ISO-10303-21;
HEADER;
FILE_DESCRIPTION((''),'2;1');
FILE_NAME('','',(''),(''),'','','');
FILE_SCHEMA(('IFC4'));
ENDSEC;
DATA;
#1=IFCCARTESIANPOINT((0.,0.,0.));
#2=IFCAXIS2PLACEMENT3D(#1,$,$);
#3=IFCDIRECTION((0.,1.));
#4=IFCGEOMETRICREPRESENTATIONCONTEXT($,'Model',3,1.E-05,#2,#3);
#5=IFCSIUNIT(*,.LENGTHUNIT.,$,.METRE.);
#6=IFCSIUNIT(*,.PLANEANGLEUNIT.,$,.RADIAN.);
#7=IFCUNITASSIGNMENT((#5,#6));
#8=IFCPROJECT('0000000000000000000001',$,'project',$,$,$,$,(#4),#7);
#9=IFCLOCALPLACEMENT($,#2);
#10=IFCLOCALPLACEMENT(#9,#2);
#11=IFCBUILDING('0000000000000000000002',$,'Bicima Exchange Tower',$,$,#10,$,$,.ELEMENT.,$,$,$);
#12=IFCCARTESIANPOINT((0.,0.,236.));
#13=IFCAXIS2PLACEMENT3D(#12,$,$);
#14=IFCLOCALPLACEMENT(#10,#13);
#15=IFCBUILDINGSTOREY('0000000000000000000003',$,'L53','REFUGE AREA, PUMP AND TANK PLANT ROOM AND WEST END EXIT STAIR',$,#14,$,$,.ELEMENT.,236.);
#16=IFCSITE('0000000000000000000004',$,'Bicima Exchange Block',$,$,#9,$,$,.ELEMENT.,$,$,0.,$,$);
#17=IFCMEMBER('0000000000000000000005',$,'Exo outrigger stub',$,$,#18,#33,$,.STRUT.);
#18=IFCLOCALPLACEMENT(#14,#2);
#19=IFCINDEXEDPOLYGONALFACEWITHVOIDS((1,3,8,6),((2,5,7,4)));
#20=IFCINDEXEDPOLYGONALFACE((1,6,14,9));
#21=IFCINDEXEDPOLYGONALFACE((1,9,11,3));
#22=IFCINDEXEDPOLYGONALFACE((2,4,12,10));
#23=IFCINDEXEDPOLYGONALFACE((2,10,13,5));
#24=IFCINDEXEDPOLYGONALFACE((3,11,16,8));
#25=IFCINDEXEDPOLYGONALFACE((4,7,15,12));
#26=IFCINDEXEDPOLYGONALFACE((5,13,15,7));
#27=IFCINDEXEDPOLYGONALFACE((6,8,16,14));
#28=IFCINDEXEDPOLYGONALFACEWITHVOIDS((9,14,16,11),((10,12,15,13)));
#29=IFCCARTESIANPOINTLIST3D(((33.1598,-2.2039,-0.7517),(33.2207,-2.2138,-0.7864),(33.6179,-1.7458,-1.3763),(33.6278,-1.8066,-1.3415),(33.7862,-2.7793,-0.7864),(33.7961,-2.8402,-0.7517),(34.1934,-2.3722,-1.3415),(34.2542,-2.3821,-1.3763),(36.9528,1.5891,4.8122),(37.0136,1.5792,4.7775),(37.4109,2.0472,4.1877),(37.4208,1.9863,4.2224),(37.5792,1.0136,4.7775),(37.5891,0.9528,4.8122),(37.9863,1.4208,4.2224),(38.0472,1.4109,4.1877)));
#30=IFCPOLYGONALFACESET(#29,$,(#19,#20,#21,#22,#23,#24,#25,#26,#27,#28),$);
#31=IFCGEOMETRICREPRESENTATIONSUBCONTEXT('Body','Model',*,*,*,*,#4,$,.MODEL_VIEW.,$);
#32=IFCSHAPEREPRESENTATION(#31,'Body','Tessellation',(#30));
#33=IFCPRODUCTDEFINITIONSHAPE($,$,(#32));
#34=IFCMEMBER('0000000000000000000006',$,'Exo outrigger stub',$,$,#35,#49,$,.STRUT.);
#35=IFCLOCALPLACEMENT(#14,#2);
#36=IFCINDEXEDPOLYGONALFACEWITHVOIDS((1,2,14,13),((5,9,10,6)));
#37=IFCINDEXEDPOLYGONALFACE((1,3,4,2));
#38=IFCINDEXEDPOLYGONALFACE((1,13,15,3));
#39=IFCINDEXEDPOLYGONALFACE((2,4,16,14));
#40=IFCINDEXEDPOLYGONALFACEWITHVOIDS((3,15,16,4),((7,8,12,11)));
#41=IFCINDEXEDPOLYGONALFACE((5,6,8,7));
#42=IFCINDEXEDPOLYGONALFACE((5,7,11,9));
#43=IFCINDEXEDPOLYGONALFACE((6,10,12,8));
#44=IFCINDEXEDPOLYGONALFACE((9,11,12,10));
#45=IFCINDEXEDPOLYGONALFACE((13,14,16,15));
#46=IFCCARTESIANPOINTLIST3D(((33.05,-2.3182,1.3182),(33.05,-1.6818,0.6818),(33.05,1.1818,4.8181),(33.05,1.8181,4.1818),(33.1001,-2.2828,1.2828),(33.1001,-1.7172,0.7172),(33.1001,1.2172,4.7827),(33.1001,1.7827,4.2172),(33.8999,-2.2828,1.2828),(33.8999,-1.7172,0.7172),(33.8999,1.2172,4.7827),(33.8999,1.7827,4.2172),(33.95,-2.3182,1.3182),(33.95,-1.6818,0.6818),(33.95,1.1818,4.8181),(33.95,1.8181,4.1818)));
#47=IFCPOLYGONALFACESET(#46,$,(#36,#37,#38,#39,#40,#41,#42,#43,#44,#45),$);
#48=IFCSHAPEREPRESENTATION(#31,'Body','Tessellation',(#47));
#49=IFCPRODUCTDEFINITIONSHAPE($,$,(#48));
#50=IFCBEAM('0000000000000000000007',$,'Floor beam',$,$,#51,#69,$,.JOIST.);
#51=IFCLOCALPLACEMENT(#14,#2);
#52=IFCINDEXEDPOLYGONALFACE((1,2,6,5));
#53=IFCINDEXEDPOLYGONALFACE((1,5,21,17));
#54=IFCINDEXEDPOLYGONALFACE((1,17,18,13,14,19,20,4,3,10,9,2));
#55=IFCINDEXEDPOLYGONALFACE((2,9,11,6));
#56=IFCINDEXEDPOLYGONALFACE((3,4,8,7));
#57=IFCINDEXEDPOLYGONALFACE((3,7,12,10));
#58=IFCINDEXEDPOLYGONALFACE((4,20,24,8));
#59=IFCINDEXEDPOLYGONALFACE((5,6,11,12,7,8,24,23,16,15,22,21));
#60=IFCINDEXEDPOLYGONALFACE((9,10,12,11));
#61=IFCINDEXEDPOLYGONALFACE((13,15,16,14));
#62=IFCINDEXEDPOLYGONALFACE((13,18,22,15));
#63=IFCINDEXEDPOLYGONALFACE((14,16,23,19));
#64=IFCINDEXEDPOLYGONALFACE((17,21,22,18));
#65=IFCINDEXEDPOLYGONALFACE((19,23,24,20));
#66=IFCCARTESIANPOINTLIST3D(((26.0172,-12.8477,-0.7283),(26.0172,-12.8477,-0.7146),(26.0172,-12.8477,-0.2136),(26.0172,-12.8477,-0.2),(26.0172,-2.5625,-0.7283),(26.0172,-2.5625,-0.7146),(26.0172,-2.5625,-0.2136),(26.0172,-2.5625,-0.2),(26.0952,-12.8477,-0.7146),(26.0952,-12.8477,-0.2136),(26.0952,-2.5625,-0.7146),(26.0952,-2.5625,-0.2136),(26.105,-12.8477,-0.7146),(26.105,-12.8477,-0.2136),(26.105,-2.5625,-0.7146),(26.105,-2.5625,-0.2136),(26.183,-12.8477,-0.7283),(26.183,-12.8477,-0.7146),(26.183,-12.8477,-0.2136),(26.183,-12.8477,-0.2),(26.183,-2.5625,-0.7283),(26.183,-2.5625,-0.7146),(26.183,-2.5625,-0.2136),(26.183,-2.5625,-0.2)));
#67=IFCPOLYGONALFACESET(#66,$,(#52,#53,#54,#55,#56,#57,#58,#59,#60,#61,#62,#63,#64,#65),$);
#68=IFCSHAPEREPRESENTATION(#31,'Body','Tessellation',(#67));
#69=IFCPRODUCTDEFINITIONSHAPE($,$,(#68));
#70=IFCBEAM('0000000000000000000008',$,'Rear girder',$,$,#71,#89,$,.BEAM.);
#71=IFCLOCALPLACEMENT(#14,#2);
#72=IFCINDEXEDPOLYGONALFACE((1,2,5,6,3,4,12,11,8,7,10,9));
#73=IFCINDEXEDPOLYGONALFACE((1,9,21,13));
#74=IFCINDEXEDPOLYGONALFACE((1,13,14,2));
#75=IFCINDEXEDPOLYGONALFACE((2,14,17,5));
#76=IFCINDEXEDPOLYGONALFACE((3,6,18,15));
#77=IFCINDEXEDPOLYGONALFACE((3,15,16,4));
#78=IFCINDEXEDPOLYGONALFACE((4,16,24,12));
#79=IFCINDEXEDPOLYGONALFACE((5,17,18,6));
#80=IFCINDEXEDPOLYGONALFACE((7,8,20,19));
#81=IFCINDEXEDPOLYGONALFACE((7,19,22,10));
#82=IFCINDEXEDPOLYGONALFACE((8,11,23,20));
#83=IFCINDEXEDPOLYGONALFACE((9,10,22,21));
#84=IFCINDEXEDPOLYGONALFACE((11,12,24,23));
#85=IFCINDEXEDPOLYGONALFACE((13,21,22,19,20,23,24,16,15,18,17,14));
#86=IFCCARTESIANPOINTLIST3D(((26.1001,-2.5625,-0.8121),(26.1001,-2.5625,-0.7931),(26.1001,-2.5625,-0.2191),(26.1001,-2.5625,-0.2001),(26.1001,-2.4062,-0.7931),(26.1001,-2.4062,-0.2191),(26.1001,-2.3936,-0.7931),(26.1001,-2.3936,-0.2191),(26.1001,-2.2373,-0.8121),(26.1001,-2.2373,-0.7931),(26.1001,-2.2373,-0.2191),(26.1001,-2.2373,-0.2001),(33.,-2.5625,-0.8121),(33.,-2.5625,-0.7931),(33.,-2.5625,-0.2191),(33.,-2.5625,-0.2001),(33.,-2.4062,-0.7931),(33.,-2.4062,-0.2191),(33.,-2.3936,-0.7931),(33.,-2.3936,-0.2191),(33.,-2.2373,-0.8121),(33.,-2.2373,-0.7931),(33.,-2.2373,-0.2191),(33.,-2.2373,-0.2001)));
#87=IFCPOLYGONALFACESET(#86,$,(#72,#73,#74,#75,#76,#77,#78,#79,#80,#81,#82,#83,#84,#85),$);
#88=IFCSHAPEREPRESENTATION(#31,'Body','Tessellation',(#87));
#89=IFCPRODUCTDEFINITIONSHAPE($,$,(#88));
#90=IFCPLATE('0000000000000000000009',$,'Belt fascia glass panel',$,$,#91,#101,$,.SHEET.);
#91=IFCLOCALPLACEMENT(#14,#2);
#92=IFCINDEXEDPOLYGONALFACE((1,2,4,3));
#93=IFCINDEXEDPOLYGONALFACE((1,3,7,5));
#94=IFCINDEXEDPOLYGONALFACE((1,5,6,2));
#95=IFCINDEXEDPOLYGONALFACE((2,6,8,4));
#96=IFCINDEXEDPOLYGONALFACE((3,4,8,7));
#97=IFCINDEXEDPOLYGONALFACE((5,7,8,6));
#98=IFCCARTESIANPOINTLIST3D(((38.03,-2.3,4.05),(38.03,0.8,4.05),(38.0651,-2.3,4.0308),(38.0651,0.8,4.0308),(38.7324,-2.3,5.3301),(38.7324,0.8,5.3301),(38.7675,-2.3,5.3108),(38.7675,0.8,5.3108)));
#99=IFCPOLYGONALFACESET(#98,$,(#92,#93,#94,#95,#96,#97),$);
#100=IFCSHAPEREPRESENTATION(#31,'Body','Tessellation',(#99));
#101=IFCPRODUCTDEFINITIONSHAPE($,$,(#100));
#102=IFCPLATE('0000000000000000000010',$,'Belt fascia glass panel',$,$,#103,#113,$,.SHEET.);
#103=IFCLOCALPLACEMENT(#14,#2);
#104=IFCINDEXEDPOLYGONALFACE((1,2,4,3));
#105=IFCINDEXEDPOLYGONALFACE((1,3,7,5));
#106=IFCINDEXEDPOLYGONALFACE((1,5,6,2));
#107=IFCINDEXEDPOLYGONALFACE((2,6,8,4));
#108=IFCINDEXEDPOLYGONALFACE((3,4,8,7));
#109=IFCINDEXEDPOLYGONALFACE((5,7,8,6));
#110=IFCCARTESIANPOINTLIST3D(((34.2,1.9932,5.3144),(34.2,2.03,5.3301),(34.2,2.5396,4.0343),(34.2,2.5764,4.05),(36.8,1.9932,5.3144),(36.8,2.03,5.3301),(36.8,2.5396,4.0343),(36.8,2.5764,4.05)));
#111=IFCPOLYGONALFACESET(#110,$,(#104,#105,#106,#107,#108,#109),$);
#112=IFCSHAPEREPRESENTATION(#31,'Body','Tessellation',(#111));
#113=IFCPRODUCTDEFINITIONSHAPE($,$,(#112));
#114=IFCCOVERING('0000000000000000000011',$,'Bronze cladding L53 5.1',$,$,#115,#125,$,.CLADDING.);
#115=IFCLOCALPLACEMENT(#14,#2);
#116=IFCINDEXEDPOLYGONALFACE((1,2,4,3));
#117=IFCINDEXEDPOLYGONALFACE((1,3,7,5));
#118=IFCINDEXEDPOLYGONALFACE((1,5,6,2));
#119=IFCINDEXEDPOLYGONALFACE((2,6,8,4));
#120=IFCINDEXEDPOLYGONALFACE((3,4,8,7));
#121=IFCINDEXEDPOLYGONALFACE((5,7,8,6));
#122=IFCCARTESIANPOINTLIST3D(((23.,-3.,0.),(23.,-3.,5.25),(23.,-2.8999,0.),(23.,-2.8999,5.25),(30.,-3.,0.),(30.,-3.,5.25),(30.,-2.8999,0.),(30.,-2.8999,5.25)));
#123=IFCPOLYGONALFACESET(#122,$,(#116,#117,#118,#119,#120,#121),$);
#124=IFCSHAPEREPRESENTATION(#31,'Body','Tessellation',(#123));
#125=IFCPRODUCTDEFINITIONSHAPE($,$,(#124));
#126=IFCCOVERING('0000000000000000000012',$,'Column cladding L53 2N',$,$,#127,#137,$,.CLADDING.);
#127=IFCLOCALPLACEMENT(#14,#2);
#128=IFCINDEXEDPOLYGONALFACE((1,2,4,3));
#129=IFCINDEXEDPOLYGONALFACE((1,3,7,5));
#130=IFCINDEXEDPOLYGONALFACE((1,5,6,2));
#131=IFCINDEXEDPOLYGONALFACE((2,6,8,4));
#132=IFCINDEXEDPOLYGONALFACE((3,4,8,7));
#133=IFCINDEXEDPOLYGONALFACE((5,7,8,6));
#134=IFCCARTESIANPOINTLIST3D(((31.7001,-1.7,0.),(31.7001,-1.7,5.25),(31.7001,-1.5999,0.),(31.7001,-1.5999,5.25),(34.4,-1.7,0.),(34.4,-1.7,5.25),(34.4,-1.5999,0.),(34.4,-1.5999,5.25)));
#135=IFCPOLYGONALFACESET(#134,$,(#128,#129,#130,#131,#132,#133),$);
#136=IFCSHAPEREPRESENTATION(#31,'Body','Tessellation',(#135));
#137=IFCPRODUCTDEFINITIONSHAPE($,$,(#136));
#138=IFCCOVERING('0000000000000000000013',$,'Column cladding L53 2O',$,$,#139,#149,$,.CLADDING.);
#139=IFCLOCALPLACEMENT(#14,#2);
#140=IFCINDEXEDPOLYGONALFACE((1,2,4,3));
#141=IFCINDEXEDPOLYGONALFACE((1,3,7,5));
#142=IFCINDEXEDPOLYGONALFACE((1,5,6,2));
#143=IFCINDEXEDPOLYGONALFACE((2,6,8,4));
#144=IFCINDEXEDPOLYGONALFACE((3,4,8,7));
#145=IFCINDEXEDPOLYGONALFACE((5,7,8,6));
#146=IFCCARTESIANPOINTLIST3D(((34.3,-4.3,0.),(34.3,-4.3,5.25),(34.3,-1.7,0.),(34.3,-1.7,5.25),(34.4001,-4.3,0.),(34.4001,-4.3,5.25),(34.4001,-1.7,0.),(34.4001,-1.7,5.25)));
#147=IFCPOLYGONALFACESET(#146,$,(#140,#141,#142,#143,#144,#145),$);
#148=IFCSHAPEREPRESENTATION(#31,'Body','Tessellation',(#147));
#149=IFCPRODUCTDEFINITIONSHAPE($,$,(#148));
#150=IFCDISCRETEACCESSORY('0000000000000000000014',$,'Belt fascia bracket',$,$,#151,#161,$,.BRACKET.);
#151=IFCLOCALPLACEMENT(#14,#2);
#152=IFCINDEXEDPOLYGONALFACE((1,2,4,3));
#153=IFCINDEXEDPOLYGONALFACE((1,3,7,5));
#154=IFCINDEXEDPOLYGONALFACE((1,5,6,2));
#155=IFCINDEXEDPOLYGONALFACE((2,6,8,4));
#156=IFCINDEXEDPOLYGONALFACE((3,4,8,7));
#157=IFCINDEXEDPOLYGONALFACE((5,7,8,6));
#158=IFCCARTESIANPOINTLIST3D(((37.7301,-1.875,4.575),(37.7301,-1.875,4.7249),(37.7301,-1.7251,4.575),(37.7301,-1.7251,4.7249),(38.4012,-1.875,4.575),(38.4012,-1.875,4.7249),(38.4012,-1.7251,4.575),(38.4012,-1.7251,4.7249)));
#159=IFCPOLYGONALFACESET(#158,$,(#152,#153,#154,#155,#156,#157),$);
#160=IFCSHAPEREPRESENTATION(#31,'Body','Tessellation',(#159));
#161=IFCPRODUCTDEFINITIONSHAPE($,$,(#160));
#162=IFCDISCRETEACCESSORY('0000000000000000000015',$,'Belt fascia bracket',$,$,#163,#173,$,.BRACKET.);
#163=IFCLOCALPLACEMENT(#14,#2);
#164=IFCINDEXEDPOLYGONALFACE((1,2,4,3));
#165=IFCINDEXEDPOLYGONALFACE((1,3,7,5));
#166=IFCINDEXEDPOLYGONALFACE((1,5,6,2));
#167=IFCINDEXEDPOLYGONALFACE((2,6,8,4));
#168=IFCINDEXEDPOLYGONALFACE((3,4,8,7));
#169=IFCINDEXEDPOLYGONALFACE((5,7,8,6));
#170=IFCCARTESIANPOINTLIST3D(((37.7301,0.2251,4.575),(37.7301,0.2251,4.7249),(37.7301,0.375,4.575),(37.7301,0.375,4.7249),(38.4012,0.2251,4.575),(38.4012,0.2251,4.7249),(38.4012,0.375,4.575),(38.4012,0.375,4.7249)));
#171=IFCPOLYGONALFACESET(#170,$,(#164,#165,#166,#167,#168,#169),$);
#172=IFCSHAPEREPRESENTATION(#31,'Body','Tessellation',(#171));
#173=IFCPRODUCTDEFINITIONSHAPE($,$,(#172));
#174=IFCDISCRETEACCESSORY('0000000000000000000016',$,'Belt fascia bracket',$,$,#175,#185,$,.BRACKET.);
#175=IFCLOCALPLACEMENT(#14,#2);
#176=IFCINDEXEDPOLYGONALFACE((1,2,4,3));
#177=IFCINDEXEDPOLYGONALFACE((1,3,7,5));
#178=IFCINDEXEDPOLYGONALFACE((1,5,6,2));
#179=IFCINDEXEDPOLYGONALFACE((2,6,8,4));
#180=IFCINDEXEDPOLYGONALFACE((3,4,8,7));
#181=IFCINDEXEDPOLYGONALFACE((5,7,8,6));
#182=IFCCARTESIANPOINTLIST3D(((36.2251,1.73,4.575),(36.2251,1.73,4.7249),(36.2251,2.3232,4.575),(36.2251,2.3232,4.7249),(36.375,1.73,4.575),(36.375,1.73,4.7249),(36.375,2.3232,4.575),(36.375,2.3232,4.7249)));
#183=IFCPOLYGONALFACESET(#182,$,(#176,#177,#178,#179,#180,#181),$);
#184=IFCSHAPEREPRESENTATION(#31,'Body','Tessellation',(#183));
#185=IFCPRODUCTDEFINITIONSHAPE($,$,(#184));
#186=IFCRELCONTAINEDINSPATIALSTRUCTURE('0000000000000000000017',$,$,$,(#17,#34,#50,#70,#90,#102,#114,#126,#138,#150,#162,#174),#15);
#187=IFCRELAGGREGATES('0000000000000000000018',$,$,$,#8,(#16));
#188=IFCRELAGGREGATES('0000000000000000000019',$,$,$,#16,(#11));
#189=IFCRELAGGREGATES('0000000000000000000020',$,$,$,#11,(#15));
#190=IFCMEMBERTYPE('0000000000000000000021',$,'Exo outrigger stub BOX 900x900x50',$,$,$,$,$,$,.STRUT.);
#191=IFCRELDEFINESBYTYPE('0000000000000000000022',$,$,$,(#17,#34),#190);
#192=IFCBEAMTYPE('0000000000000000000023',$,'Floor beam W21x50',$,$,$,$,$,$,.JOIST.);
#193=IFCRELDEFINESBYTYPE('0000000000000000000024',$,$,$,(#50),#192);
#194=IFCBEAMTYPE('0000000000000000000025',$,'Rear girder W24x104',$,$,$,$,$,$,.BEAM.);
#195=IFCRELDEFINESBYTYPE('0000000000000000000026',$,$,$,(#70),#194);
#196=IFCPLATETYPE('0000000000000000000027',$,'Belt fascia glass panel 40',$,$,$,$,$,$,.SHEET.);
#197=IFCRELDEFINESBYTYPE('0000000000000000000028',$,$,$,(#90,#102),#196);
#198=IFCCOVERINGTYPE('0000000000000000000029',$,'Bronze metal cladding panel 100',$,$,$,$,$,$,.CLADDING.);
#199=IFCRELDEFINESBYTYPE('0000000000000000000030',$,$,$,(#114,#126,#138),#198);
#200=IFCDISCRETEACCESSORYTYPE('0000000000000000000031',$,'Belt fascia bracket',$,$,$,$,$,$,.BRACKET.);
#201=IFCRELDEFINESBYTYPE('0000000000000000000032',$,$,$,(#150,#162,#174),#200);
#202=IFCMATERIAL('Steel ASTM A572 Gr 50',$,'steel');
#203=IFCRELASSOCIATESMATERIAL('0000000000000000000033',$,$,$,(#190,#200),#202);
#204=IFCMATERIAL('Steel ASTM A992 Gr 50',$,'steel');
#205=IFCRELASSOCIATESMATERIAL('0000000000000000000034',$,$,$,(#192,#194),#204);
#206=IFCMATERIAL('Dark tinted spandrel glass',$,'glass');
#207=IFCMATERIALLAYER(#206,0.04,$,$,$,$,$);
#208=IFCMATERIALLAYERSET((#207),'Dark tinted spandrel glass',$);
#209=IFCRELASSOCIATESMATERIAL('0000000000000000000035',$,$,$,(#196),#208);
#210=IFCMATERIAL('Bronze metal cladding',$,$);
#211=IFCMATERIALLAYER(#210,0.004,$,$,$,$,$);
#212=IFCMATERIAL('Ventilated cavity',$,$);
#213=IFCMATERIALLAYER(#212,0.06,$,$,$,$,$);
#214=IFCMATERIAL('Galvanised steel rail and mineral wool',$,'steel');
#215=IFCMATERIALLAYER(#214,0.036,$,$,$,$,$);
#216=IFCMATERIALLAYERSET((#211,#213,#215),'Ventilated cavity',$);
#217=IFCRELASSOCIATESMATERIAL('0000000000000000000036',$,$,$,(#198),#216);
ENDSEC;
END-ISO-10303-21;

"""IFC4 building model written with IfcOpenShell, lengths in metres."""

from ifc_helpers import new_model, si_unit, direction, frame, origin, origin_2d, place, context, subcontext, project, spatial, polyline, rectangle, hollow_rectangle, i_section, outline, extrude, material, layer, layer_set, material_profile, profile_set, type_object, element, save


model = new_model("IFC4")

# Units and contexts
model_context = context("Model", 3, precision=1e-05, world=origin(), true_north=direction((0.0, 1.0)))
body_context = subcontext(model_context, "Body", "Model", "MODEL_VIEW")
ifc_project = project(units=[si_unit("LENGTHUNIT", "METRE"), si_unit("PLANEANGLEUNIT", "RADIAN")], contexts=[model_context])

# Site, building, storey
site_placement = place(None, origin())
site = spatial("IfcSite", under=ifc_project, at=site_placement, Name="Bicima Exchange Block", CompositionType="ELEMENT", RefElevation=0.0)
building_placement = place(site_placement, origin())
building = spatial("IfcBuilding", under=site, at=building_placement, Name="Bicima Exchange Tower", CompositionType="ELEMENT")
storey_placement = place(building_placement, frame((0.0, 0.0, 236.0)))
storey = spatial("IfcBuildingStorey", under=building, at=storey_placement, Name="L53", Description="REFUGE AREA, PUMP AND TANK PLANT ROOM AND WEST END EXIT STAIR", CompositionType="ELEMENT", Elevation=236.0)

# Shared definitions
ifc_material_1 = material(Name="Steel ASTM A572 Gr 50", Category="steel")
ifc_material_2 = material(Name="Steel ASTM A992 Gr 50", Category="steel")

# Members
ifc_material_profile_1 = material_profile(ifc_material_1, hollow_rectangle(XDim=0.8999, YDim=0.8999, WallThickness=0.05, at=origin_2d()))
ifc_profile_set_1 = profile_set([ifc_material_profile_1], Name="Steel ASTM A572 Gr 50")
member_type_1 = type_object("IfcMemberType", Name="Exo outrigger stub BOX 900x900x50", PredefinedType="STRUT", material=ifc_profile_set_1)
member_1_placement = place(storey_placement, frame((33.707, -2.293, -1.064), z_axis=(0.490772, 0.490772, 0.719921), x_axis=(-0.707107, 0.707107, 0.0)))
element("IfcMember", 1, at=member_1_placement, inside=storey, type_object=member_type_1, Name="Exo outrigger stub", PredefinedType="STRUT", context=body_context, shape_type="SweptSolid", body=[
    extrude(hollow_rectangle(XDim=0.8999, YDim=0.8999, WallThickness=0.05, at=origin_2d()), origin(), (0.0, 0.0, 1.0), 7.7285),
])
member_2_placement = place(storey_placement, frame((33.5, -2.0, 1.0), z_axis=(0.0, 0.707107, 0.707107), x_axis=(-1.0, 0.0, 0.0)))
element("IfcMember", 2, at=member_2_placement, inside=storey, type_object=member_type_1, Name="Exo outrigger stub", PredefinedType="STRUT", context=body_context, shape_type="SweptSolid", body=[
    extrude(hollow_rectangle(XDim=0.8999, YDim=0.8999, WallThickness=0.05, at=origin_2d()), origin(), (0.0, 0.0, 1.0), 4.9497),
])

# Beams
ifc_material_profile_2 = material_profile(ifc_material_2, i_section(OverallWidth=0.1658, OverallDepth=0.5283, WebThickness=0.0098, FlangeThickness=0.0137, at=origin_2d()))
ifc_profile_set_2 = profile_set([ifc_material_profile_2], Name="Steel ASTM A992 Gr 50")
beam_type_1 = type_object("IfcBeamType", Name="Floor beam W21x50", PredefinedType="JOIST", material=ifc_profile_set_2)
beam_1_placement = place(storey_placement, frame((26.1001, -2.5625, -0.4641), z_axis=(0.0, -1.0, 0.0), x_axis=(1.0, 0.0, 0.0)))
element("IfcBeam", 3, at=beam_1_placement, inside=storey, type_object=beam_type_1, Name="Floor beam", PredefinedType="JOIST", context=body_context, shape_type="SweptSolid", body=[
    extrude(i_section(OverallWidth=0.1658, OverallDepth=0.5283, WebThickness=0.0098, FlangeThickness=0.0137, at=origin_2d()), origin(), (0.0, 0.0, 1.0), 10.2852),
])
ifc_material_profile_3 = material_profile(ifc_material_2, i_section(OverallWidth=0.3252, OverallDepth=0.6121, WebThickness=0.0127, FlangeThickness=0.019, at=origin_2d()))
ifc_profile_set_3 = profile_set([ifc_material_profile_3], Name="Steel ASTM A992 Gr 50")
beam_type_2 = type_object("IfcBeamType", Name="Rear girder W24x104", PredefinedType="BEAM", material=ifc_profile_set_3)
beam_2_placement = place(storey_placement, frame((26.1001, -2.3999, -0.5061), z_axis=(1.0, 0.0, 0.0), x_axis=(0.0, 1.0, 0.0)))
element("IfcBeam", 4, at=beam_2_placement, inside=storey, type_object=beam_type_2, Name="Rear girder", PredefinedType="BEAM", context=body_context, shape_type="SweptSolid", body=[
    extrude(i_section(OverallWidth=0.3252, OverallDepth=0.6121, WebThickness=0.0127, FlangeThickness=0.019, at=origin_2d()), origin(), (0.0, 0.0, 1.0), 6.8999),
])

# Plates
ifc_material_3 = material(Name="Dark tinted spandrel glass", Category="glass")
ifc_layer_1 = layer(ifc_material_3, 0.04)
ifc_layer_set_1 = layer_set([ifc_layer_1], Name="Dark tinted spandrel glass")
plate_type = type_object("IfcPlateType", Name="Belt fascia glass panel 40", PredefinedType="SHEET", material=ifc_layer_set_1)
plate_1_placement = place(storey_placement, frame((38.03, -2.3, 4.05), z_axis=(-0.876685, 0.0, 0.481065), x_axis=(0.0, 1.0, 0.0)))
element("IfcPlate", 5, at=plate_1_placement, inside=storey, type_object=plate_type, Name="Belt fascia glass panel", PredefinedType="SHEET", context=body_context, shape_type="SweptSolid", body=[
    extrude(outline(polyline([(0.0, 0.0), (3.1001, 0.0), (3.1001, -1.4601), (0.0, -1.4601), (0.0, 0.0)])), origin(), (0.0, 0.0, -1.0), 0.04),
])
plate_2_placement = place(storey_placement, frame((36.8, 2.5764, 4.05), z_axis=(0.0, 0.919716, 0.392585), x_axis=(-1.0, 0.0, 0.0)))
element("IfcPlate", 6, at=plate_2_placement, inside=storey, type_object=plate_type, Name="Belt fascia glass panel", PredefinedType="SHEET", context=body_context, shape_type="SweptSolid", body=[
    extrude(outline(polyline([(0.0, 0.0), (2.6001, 0.0), (2.6001, 1.3918), (0.0, 1.3918), (0.0, 0.0)])), origin(), (0.0, 0.0, -1.0), 0.04),
])

# Coverings
ifc_material_4 = material(Name="Bronze metal cladding")
ifc_layer_2 = layer(ifc_material_4, 0.004)
ifc_material_5 = material(Name="Ventilated cavity")
ifc_layer_3 = layer(ifc_material_5, 0.06)
ifc_material_6 = material(Name="Galvanised steel rail and mineral wool", Category="steel")
ifc_layer_4 = layer(ifc_material_6, 0.036)
ifc_layer_set_2 = layer_set([ifc_layer_2, ifc_layer_3, ifc_layer_4], Name="Ventilated cavity")
covering_type = type_object("IfcCoveringType", Name="Bronze metal cladding panel 100", PredefinedType="CLADDING", material=ifc_layer_set_2)
covering_1_placement = place(storey_placement, frame((26.5, -2.95, 0.0), z_axis=(0.0, 0.0, 1.0), x_axis=(-1.0, 0.0, 0.0)))
element("IfcCovering", 7, at=covering_1_placement, inside=storey, type_object=covering_type, Name="Bronze cladding L53 5.1", PredefinedType="CLADDING", context=body_context, shape_type="SweptSolid", body=[
    extrude(rectangle(XDim=7.0, YDim=0.1001, at=origin_2d()), origin(), (0.0, 0.0, 1.0), 5.25),
])
covering_2_placement = place(storey_placement, frame((33.05, -1.6499, 0.0), z_axis=(0.0, 0.0, 1.0), x_axis=(1.0, 0.0, 0.0)))
element("IfcCovering", 8, at=covering_2_placement, inside=storey, type_object=covering_type, Name="Column cladding L53 2N", PredefinedType="CLADDING", context=body_context, shape_type="SweptSolid", body=[
    extrude(rectangle(XDim=2.7, YDim=0.1001, at=origin_2d()), origin(), (0.0, 0.0, 1.0), 5.25),
])
covering_3_placement = place(storey_placement, frame((34.3501, -3.0, 0.0), z_axis=(0.0, 0.0, 1.0), x_axis=(1.0, 0.0, 0.0)))
element("IfcCovering", 9, at=covering_3_placement, inside=storey, type_object=covering_type, Name="Column cladding L53 2O", PredefinedType="CLADDING", context=body_context, shape_type="SweptSolid", body=[
    extrude(rectangle(XDim=0.1001, YDim=2.6001, at=origin_2d()), origin(), (0.0, 0.0, 1.0), 5.25),
])

# Discrete accessories
discrete_accessory_type = type_object("IfcDiscreteAccessoryType", Name="Belt fascia bracket", PredefinedType="BRACKET", material=ifc_material_1)
for number, where, z_axis, x_axis, name in (
    (10, (38.0657, -1.8, 4.575), (0.0, 0.0, 1.0), (0.0, 1.0, 0.0), "Belt fascia bracket"),
    (11, (38.0657, 0.3, 4.575), (0.0, 0.0, 1.0), (0.0, 1.0, 0.0), "Belt fascia bracket"),
):
    element("IfcDiscreteAccessory", number, at=place(storey_placement, frame(where, z_axis=z_axis, x_axis=x_axis)), inside=storey, type_object=discrete_accessory_type, Name=name, PredefinedType="BRACKET", context=body_context, shape_type="SweptSolid", body=[
        extrude(rectangle(XDim=0.1499, YDim=0.6711, at=origin_2d()), origin(), (0.0, 0.0, 1.0), 0.1499),
    ])
for number, where, z_axis, x_axis, name in (
    (12, (36.3, 2.0266, 4.575), (0.0, 0.0, 1.0), (-1.0, 0.0, 0.0), "Belt fascia bracket"),
):
    element("IfcDiscreteAccessory", number, at=place(storey_placement, frame(where, z_axis=z_axis, x_axis=x_axis)), inside=storey, type_object=discrete_accessory_type, Name=name, PredefinedType="BRACKET", context=body_context, shape_type="SweptSolid", body=[
        extrude(rectangle(XDim=0.1499, YDim=0.5933, at=origin_2d()), origin(), (0.0, 0.0, 1.0), 0.1499),
    ])

save(model, "model.ifc")
